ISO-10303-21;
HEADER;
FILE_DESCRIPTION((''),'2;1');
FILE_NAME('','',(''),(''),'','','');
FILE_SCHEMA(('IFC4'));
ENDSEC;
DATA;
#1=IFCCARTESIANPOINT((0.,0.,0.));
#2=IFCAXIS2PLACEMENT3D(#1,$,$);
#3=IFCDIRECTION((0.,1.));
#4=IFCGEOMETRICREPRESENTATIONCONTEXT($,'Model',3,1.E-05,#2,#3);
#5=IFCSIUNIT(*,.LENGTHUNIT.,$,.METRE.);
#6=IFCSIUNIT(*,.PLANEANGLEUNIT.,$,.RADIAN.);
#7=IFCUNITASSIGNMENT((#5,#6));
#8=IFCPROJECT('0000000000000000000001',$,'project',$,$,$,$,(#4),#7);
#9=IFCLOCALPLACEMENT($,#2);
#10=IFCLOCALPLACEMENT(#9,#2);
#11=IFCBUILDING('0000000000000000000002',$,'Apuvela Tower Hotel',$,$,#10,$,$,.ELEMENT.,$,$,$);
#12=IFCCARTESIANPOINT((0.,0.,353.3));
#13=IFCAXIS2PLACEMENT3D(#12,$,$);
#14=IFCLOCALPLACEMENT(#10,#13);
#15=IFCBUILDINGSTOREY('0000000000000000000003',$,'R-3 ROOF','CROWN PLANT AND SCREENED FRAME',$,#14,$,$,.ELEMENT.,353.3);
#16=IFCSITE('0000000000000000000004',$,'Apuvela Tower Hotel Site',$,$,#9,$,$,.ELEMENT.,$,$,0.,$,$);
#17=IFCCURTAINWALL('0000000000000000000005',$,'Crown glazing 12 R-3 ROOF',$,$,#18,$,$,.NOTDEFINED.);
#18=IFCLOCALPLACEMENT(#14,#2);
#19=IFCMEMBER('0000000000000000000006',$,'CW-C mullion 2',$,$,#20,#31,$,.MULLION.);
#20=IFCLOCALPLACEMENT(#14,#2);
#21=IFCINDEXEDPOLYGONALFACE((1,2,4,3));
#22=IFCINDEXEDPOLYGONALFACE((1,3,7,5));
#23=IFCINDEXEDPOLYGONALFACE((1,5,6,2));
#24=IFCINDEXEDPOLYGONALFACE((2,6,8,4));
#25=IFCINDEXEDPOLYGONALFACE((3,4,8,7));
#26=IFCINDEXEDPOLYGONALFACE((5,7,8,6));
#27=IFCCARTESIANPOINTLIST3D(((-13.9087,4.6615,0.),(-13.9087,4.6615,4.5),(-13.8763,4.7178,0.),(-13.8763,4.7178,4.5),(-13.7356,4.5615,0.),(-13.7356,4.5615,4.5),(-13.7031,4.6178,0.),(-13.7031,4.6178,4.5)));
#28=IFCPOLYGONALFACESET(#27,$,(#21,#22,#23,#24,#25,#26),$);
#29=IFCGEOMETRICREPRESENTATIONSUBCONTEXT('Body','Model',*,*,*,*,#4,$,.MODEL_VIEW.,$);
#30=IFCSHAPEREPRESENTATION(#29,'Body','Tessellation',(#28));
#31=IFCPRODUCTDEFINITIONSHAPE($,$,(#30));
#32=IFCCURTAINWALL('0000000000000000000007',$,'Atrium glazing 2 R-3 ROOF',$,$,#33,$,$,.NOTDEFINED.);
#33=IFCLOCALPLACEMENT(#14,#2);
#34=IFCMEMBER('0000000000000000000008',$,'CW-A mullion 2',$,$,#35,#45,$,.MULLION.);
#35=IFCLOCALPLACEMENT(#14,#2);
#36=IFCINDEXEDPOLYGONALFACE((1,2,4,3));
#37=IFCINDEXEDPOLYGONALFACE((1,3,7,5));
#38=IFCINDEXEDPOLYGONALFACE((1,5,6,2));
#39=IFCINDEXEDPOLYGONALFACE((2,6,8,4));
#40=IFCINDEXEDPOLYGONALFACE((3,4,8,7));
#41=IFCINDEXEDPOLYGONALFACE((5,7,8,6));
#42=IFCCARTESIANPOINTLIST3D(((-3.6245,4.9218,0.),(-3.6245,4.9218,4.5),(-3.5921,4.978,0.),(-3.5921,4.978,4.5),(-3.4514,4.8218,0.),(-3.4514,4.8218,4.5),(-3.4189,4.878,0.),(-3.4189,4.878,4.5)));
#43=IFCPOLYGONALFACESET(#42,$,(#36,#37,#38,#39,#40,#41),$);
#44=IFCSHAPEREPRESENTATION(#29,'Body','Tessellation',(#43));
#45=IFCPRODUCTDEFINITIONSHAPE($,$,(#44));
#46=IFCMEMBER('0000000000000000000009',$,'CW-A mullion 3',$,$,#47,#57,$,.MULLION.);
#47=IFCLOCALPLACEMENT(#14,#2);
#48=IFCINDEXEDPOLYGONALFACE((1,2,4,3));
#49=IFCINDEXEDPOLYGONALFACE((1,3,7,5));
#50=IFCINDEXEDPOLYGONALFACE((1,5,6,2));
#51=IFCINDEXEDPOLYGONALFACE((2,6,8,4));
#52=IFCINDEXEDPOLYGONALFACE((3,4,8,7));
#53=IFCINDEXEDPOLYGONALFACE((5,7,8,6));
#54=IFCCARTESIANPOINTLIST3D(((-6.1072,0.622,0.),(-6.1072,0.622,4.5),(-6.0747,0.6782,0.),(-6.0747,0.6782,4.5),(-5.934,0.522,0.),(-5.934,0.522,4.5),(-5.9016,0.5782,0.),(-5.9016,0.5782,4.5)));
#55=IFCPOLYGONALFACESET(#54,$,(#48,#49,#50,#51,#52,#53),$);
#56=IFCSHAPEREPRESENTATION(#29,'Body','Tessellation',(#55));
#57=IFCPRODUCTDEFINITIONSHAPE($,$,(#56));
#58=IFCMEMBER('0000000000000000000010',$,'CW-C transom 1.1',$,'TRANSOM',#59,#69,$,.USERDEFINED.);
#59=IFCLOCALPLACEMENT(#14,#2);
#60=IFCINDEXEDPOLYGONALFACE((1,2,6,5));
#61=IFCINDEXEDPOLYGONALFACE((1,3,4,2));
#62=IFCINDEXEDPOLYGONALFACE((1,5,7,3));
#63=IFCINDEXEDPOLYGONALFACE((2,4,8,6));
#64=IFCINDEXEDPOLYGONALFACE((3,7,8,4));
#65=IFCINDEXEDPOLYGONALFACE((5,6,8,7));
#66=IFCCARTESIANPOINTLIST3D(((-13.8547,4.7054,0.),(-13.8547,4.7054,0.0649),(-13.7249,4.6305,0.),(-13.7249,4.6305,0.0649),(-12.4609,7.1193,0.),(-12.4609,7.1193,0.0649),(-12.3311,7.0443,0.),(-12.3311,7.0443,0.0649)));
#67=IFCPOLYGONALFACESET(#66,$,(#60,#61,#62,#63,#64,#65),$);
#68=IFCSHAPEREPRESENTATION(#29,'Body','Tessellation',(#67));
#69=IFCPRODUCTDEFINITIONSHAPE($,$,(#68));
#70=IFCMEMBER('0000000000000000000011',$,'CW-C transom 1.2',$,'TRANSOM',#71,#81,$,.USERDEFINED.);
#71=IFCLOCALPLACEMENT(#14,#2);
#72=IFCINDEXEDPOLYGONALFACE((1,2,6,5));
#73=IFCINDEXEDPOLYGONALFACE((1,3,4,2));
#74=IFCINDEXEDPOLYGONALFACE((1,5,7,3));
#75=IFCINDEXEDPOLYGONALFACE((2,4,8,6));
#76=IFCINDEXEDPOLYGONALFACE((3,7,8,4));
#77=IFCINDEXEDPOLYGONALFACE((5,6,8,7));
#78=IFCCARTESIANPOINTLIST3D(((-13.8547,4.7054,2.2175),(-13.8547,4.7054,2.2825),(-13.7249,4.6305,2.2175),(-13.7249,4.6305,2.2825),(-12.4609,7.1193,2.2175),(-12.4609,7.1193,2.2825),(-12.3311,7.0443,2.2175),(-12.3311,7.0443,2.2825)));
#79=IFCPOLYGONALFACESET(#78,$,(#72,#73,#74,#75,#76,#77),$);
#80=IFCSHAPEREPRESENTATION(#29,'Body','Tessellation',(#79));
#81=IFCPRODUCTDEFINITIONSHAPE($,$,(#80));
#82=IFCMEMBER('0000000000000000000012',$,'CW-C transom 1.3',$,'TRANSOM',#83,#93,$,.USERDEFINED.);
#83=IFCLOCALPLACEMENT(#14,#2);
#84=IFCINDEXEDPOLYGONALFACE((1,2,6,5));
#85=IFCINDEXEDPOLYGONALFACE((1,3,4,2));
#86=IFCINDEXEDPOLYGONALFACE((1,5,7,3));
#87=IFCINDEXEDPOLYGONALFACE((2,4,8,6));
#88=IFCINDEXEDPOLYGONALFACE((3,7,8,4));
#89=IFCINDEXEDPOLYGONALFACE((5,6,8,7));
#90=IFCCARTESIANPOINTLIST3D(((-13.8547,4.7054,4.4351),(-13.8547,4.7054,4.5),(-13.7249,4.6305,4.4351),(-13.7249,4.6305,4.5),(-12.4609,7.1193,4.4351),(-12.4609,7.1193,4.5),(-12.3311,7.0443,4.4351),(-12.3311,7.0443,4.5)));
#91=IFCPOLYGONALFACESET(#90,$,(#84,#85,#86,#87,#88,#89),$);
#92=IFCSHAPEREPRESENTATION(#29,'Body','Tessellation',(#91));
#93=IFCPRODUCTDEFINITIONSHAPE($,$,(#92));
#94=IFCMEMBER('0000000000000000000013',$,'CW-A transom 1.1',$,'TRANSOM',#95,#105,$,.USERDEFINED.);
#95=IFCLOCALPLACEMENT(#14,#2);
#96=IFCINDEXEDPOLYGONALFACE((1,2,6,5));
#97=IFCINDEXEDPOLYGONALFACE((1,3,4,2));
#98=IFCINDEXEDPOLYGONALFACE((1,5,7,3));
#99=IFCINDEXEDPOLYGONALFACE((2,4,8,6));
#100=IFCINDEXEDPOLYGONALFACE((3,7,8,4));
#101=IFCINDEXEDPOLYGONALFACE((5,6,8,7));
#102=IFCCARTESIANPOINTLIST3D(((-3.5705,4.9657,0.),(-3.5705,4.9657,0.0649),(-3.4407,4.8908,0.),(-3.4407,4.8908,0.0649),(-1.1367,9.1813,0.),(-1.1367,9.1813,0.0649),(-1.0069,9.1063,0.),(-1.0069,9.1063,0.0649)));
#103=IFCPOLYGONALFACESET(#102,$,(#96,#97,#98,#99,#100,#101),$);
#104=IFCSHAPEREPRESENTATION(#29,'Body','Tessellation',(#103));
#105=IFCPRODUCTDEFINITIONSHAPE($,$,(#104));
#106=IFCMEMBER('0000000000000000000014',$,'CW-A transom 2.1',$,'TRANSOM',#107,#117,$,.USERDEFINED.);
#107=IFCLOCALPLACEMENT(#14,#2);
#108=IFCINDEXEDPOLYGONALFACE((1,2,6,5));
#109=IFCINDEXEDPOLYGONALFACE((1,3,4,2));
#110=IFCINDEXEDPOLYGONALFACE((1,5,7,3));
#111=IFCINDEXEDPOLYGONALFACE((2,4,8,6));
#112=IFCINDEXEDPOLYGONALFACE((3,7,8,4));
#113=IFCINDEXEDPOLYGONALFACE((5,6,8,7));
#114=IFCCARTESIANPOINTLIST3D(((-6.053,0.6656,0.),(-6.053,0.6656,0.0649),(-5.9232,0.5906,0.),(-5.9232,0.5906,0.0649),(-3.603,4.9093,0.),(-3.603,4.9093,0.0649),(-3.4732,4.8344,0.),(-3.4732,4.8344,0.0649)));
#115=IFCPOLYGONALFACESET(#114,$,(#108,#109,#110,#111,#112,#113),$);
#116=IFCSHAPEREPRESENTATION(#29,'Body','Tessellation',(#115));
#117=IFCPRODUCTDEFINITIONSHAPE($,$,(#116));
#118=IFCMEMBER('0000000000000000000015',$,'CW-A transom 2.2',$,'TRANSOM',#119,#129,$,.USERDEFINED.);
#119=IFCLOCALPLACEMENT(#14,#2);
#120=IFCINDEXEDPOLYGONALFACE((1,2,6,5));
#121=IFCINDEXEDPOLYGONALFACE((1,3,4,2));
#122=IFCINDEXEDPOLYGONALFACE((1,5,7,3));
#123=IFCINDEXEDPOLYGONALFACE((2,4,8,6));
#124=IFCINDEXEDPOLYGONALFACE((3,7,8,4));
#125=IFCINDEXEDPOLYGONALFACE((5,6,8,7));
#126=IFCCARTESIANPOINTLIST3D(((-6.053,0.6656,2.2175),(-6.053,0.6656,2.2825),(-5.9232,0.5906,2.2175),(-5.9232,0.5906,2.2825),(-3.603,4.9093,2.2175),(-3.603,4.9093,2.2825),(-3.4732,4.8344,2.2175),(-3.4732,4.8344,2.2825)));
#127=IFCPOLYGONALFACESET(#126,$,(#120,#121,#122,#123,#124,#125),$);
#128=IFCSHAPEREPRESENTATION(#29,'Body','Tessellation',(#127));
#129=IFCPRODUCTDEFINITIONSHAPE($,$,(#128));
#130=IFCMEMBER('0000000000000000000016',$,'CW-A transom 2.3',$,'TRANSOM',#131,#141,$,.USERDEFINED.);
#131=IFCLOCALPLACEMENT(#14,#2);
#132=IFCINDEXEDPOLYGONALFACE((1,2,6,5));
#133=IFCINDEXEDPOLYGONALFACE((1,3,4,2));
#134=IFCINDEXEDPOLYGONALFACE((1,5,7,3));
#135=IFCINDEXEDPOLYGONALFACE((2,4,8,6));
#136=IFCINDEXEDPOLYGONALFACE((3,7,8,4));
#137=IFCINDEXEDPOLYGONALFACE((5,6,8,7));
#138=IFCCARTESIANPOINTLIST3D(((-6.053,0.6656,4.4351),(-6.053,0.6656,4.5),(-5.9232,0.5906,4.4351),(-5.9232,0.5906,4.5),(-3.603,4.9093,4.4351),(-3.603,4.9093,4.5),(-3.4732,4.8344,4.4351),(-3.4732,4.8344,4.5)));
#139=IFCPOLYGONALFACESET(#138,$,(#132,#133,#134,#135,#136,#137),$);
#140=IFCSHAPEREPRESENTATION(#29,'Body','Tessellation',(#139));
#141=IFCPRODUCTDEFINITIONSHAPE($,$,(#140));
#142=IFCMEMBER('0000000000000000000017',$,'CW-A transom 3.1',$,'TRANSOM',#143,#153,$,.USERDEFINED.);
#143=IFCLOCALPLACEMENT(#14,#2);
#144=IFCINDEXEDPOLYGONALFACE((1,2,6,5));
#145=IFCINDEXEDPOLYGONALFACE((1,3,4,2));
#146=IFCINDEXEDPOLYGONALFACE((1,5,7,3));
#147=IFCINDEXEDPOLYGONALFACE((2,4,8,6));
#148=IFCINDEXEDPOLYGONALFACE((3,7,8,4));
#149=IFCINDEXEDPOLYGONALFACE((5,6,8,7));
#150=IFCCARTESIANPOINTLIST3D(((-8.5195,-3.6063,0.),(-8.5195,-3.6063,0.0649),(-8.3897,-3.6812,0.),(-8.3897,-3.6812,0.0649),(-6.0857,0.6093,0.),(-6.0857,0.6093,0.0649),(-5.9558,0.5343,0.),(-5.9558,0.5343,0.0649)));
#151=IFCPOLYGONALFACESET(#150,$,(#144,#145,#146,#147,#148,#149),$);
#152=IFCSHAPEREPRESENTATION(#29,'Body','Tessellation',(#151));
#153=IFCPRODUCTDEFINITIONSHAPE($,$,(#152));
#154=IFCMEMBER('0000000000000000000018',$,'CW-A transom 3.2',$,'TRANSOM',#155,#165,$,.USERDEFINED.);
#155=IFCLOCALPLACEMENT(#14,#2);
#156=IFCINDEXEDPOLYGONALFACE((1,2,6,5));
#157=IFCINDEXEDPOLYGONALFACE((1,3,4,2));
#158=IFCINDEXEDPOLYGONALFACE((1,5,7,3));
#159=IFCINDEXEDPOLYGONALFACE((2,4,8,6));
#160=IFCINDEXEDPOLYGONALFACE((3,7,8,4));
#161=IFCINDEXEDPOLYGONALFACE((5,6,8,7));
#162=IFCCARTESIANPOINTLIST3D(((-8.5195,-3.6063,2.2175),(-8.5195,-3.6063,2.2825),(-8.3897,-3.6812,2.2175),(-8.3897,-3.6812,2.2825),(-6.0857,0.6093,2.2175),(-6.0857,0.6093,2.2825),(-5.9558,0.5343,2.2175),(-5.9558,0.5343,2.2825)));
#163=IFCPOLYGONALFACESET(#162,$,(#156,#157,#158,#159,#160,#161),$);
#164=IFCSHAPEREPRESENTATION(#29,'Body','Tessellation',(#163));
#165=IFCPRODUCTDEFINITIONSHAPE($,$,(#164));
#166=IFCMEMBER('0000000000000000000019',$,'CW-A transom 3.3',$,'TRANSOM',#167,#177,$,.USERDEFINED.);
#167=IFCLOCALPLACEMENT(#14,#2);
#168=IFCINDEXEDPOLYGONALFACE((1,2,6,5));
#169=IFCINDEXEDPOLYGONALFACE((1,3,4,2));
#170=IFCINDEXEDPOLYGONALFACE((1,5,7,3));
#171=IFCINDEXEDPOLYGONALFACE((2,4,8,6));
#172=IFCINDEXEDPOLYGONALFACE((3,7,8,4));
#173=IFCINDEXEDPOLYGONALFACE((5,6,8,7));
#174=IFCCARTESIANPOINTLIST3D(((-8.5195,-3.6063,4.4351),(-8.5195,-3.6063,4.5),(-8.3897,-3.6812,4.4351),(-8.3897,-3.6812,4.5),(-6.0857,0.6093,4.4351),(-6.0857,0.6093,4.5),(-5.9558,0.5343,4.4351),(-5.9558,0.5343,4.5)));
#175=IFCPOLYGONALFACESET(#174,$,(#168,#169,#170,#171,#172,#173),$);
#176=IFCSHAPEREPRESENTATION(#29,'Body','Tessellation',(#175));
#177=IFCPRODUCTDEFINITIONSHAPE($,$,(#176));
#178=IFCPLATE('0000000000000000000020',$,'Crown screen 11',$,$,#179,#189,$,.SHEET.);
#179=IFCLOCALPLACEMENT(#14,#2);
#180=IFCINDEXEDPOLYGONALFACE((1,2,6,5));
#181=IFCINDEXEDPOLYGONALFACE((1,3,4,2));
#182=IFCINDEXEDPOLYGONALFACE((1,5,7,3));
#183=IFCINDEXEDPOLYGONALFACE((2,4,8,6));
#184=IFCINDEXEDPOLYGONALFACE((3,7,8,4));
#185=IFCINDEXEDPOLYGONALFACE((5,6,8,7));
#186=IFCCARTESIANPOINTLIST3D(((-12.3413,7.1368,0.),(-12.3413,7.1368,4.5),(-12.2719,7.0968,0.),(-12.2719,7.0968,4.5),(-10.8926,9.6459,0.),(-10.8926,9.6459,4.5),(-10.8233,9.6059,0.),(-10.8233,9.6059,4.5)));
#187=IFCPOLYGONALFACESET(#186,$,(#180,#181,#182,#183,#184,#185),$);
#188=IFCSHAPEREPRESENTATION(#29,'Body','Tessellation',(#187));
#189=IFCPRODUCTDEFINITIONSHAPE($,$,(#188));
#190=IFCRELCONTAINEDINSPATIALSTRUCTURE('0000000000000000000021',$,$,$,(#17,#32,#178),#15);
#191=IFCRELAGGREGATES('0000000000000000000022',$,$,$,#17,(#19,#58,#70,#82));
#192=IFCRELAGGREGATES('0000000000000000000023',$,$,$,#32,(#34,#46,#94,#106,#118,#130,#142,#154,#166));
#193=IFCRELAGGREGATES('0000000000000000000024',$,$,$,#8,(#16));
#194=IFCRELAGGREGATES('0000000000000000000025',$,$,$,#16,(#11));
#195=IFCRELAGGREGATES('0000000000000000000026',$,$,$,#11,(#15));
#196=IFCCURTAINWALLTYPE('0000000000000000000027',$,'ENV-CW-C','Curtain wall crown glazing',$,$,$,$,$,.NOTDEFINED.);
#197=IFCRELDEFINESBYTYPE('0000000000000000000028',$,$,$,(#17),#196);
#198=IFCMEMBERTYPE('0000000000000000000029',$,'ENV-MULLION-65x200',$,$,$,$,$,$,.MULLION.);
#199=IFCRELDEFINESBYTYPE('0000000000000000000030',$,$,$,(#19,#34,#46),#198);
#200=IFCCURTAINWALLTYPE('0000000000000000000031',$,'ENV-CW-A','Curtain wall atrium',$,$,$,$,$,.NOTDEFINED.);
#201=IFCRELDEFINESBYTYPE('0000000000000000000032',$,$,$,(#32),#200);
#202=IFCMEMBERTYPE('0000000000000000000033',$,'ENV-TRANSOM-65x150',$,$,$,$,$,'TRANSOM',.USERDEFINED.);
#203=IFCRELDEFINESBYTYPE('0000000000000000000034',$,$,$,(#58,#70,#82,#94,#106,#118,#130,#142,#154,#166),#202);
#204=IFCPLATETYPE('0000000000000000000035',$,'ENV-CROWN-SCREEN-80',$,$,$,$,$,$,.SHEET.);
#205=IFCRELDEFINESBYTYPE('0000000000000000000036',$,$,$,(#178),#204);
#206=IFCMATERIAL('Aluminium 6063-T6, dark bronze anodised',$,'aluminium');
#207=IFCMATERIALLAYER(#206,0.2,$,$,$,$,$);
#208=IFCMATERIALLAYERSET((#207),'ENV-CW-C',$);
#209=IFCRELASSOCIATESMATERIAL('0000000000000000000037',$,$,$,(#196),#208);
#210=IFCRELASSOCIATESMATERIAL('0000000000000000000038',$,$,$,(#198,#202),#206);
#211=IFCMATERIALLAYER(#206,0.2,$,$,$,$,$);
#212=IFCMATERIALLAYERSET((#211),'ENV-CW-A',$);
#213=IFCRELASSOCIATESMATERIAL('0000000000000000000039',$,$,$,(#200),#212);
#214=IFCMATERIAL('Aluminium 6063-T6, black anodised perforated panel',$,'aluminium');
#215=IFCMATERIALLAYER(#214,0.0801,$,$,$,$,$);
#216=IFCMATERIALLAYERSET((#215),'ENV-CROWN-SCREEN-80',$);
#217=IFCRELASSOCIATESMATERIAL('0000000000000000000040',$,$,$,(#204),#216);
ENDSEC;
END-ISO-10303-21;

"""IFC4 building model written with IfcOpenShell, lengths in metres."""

from ifc_helpers import new_model, si_unit, direction, frame, origin, origin_2d, place, context, subcontext, project, spatial, rectangle, extrude, material, layer, layer_set, material_profile, profile_set, type_object, element, aggregate, save


model = new_model("IFC4")

# Units and contexts
model_context = context("Model", 3, precision=1e-05, world=origin(), true_north=direction((0.0, 1.0)))
body_context = subcontext(model_context, "Body", "Model", "MODEL_VIEW")
ifc_project = project(units=[si_unit("LENGTHUNIT", "METRE"), si_unit("PLANEANGLEUNIT", "RADIAN")], contexts=[model_context])

# Site, building, storey
site_placement = place(None, origin())
site = spatial("IfcSite", under=ifc_project, at=site_placement, Name="Apuvela Tower Hotel Site", CompositionType="ELEMENT", RefElevation=0.0)
building_placement = place(site_placement, origin())
building = spatial("IfcBuilding", under=site, at=building_placement, Name="Apuvela Tower Hotel", CompositionType="ELEMENT")
storey_placement = place(building_placement, frame((0.0, 0.0, 353.3)))
storey = spatial("IfcBuildingStorey", under=building, at=storey_placement, Name="R-3 ROOF", Description="CROWN PLANT AND SCREENED FRAME", CompositionType="ELEMENT", Elevation=353.3)

# Curtain walls, members
ifc_material_1 = material(Name="Aluminium 6063-T6, dark bronze anodised", Category="aluminium")
ifc_layer_1 = layer(ifc_material_1, 0.2)
ifc_layer_set_1 = layer_set([ifc_layer_1], Name="ENV-CW-C")
curtain_wall_type_1 = type_object("IfcCurtainWallType", Name="ENV-CW-C", Description="Curtain wall crown glazing", PredefinedType="NOTDEFINED", material=ifc_layer_set_1)
curtain_wall_1_placement = place(storey_placement, origin())
curtain_wall_1 = element("IfcCurtainWall", 1, at=curtain_wall_1_placement, inside=storey, type_object=curtain_wall_type_1, Name="Crown glazing 12 R-3 ROOF", PredefinedType="NOTDEFINED")
ifc_material_profile_1 = material_profile(ifc_material_1, rectangle(XDim=0.2, YDim=0.0649, at=origin_2d()), Name="AL 65x200")
ifc_profile_set_1 = profile_set([ifc_material_profile_1], Name="Aluminium 6063-T6, dark bronze anodised")
member_type_1 = type_object("IfcMemberType", Name="ENV-MULLION-65x200", PredefinedType="MULLION", material=ifc_profile_set_1)
member_1_placement = place(storey_placement, frame((-13.8059, 4.6396, 0.0), z_axis=(0.0, 0.0, 1.0), x_axis=(0.866037, -0.499981, 0.0)))
member_1 = element("IfcMember", 2, at=member_1_placement, type_object=member_type_1, Name="CW-C mullion 2", PredefinedType="MULLION", context=body_context, shape_type="SweptSolid", body=[
    extrude(rectangle(XDim=0.2, YDim=0.0649, at=origin_2d()), origin(), (0.0, 0.0, 1.0), 4.5),
])
ifc_layer_2 = layer(ifc_material_1, 0.2)
ifc_layer_set_2 = layer_set([ifc_layer_2], Name="ENV-CW-A")
curtain_wall_type_2 = type_object("IfcCurtainWallType", Name="ENV-CW-A", Description="Curtain wall atrium", PredefinedType="NOTDEFINED", material=ifc_layer_set_2)
curtain_wall_2_placement = place(storey_placement, origin())
curtain_wall_2 = element("IfcCurtainWall", 3, at=curtain_wall_2_placement, inside=storey, type_object=curtain_wall_type_2, Name="Atrium glazing 2 R-3 ROOF", PredefinedType="NOTDEFINED")
member_2_placement = place(storey_placement, frame((-3.5217, 4.8999, 0.0), z_axis=(0.0, 0.0, 1.0), x_axis=(0.866026, -0.499999, 0.0)))
member_2 = element("IfcMember", 4, at=member_2_placement, type_object=member_type_1, Name="CW-A mullion 2", PredefinedType="MULLION", context=body_context, shape_type="SweptSolid", body=[
    extrude(rectangle(XDim=0.2, YDim=0.0649, at=origin_2d()), origin(), (0.0, 0.0, 1.0), 4.5),
])
member_3_placement = place(storey_placement, frame((-6.0044, 0.6001, 0.0), z_axis=(0.0, 0.0, 1.0), x_axis=(0.866026, -0.499999, 0.0)))
member_3 = element("IfcMember", 5, at=member_3_placement, type_object=member_type_1, Name="CW-A mullion 3", PredefinedType="MULLION", context=body_context, shape_type="SweptSolid", body=[
    extrude(rectangle(XDim=0.2, YDim=0.0649, at=origin_2d()), origin(), (0.0, 0.0, 1.0), 4.5),
])

# Members
ifc_material_profile_2 = material_profile(ifc_material_1, rectangle(XDim=0.1499, YDim=0.0649, at=origin_2d()), Name="AL 65x150 transom")
ifc_profile_set_2 = profile_set([ifc_material_profile_2], Name="Aluminium 6063-T6, dark bronze anodised")
member_type_2 = type_object("IfcMemberType", Name="ENV-TRANSOM-65x150", ElementType="TRANSOM", PredefinedType="USERDEFINED", material=ifc_profile_set_2)
member_4_placement = place(storey_placement, frame((-12.396, 7.0818, 0.0325), z_axis=(-0.500048, -0.865997, 0.0), x_axis=(0.865997, -0.500048, 0.0)))
member_4 = element("IfcMember", 6, at=member_4_placement, type_object=member_type_2, Name="CW-C transom 1.1", ObjectType="TRANSOM", PredefinedType="USERDEFINED", context=body_context, shape_type="SweptSolid", body=[
    extrude(rectangle(XDim=0.1499, YDim=0.0649, at=origin_2d()), origin(), (0.0, 0.0, 1.0), 2.7874),
])
member_5_placement = place(storey_placement, frame((-12.396, 7.0818, 2.25), z_axis=(-0.500048, -0.865997, 0.0), x_axis=(0.865997, -0.500048, 0.0)))
member_5 = element("IfcMember", 7, at=member_5_placement, type_object=member_type_2, Name="CW-C transom 1.2", ObjectType="TRANSOM", PredefinedType="USERDEFINED", context=body_context, shape_type="SweptSolid", body=[
    extrude(rectangle(XDim=0.1499, YDim=0.0649, at=origin_2d()), origin(), (0.0, 0.0, 1.0), 2.7874),
])
member_6_placement = place(storey_placement, frame((-12.396, 7.0818, 4.4675), z_axis=(-0.500048, -0.865997, 0.0), x_axis=(0.865997, -0.500048, 0.0)))
member_6 = element("IfcMember", 8, at=member_6_placement, type_object=member_type_2, Name="CW-C transom 1.3", ObjectType="TRANSOM", PredefinedType="USERDEFINED", context=body_context, shape_type="SweptSolid", body=[
    extrude(rectangle(XDim=0.1499, YDim=0.0649, at=origin_2d()), origin(), (0.0, 0.0, 1.0), 2.7874),
])
member_7_placement = place(storey_placement, frame((-1.0718, 9.1438, 0.0325), z_axis=(-0.499996, -0.866028, 0.0), x_axis=(0.866028, -0.499996, 0.0)))
member_7 = element("IfcMember", 9, at=member_7_placement, type_object=member_type_2, Name="CW-A transom 1.1", ObjectType="TRANSOM", PredefinedType="USERDEFINED", context=body_context, shape_type="SweptSolid", body=[
    extrude(rectangle(XDim=0.1499, YDim=0.0649, at=origin_2d()), origin(), (0.0, 0.0, 1.0), 4.8677),
])
member_8_placement = place(storey_placement, frame((-3.5381, 4.8718, 0.0325), z_axis=(-0.499981, -0.866036, 0.0), x_axis=(0.866036, -0.499981, 0.0)))
member_8 = element("IfcMember", 10, at=member_8_placement, type_object=member_type_2, Name="CW-A transom 2.1", ObjectType="TRANSOM", PredefinedType="USERDEFINED", context=body_context, shape_type="SweptSolid", body=[
    extrude(rectangle(XDim=0.1499, YDim=0.0649, at=origin_2d()), origin(), (0.0, 0.0, 1.0), 4.9001),
])
member_9_placement = place(storey_placement, frame((-3.5381, 4.8718, 2.25), z_axis=(-0.499981, -0.866036, 0.0), x_axis=(0.866036, -0.499981, 0.0)))
member_9 = element("IfcMember", 11, at=member_9_placement, type_object=member_type_2, Name="CW-A transom 2.2", ObjectType="TRANSOM", PredefinedType="USERDEFINED", context=body_context, shape_type="SweptSolid", body=[
    extrude(rectangle(XDim=0.1499, YDim=0.0649, at=origin_2d()), origin(), (0.0, 0.0, 1.0), 4.9001),
])
member_10_placement = place(storey_placement, frame((-3.5381, 4.8718, 4.4675), z_axis=(-0.499981, -0.866036, 0.0), x_axis=(0.866036, -0.499981, 0.0)))
member_10 = element("IfcMember", 12, at=member_10_placement, type_object=member_type_2, Name="CW-A transom 2.3", ObjectType="TRANSOM", PredefinedType="USERDEFINED", context=body_context, shape_type="SweptSolid", body=[
    extrude(rectangle(XDim=0.1499, YDim=0.0649, at=origin_2d()), origin(), (0.0, 0.0, 1.0), 4.9001),
])
member_11_placement = place(storey_placement, frame((-6.0208, 0.5718, 0.0325), z_axis=(-0.499996, -0.866028, 0.0), x_axis=(0.866028, -0.499996, 0.0)))
member_11 = element("IfcMember", 13, at=member_11_placement, type_object=member_type_2, Name="CW-A transom 3.1", ObjectType="TRANSOM", PredefinedType="USERDEFINED", context=body_context, shape_type="SweptSolid", body=[
    extrude(rectangle(XDim=0.1499, YDim=0.0649, at=origin_2d()), origin(), (0.0, 0.0, 1.0), 4.8677),
])
member_12_placement = place(storey_placement, frame((-6.0208, 0.5718, 2.25), z_axis=(-0.499996, -0.866028, 0.0), x_axis=(0.866028, -0.499996, 0.0)))
member_12 = element("IfcMember", 14, at=member_12_placement, type_object=member_type_2, Name="CW-A transom 3.2", ObjectType="TRANSOM", PredefinedType="USERDEFINED", context=body_context, shape_type="SweptSolid", body=[
    extrude(rectangle(XDim=0.1499, YDim=0.0649, at=origin_2d()), origin(), (0.0, 0.0, 1.0), 4.8677),
])
member_13_placement = place(storey_placement, frame((-6.0208, 0.5718, 4.4675), z_axis=(-0.499996, -0.866028, 0.0), x_axis=(0.866028, -0.499996, 0.0)))
member_13 = element("IfcMember", 15, at=member_13_placement, type_object=member_type_2, Name="CW-A transom 3.3", ObjectType="TRANSOM", PredefinedType="USERDEFINED", context=body_context, shape_type="SweptSolid", body=[
    extrude(rectangle(XDim=0.1499, YDim=0.0649, at=origin_2d()), origin(), (0.0, 0.0, 1.0), 4.8677),
])

# Plate
ifc_material_2 = material(Name="Aluminium 6063-T6, black anodised perforated panel", Category="aluminium")
ifc_layer_3 = layer(ifc_material_2, 0.0801)
ifc_layer_set_3 = layer_set([ifc_layer_3], Name="ENV-CROWN-SCREEN-80")
plate_type_1 = type_object("IfcPlateType", Name="ENV-CROWN-SCREEN-80", PredefinedType="SHEET", material=ifc_layer_set_3)
for number, where, z_axis, x_axis, name in (
    (16, (-11.5823, 8.3713, 0.0), (0.0, 0.0, 1.0), (-0.5, -0.866025, 0.0), "Crown screen 11"),
):
    element("IfcPlate", number, at=place(storey_placement, frame(where, z_axis=z_axis, x_axis=x_axis)), inside=storey, type_object=plate_type_1, Name=name, PredefinedType="SHEET", context=body_context, shape_type="SweptSolid", body=[
        extrude(rectangle(XDim=2.8972, YDim=0.0801, at=origin_2d()), origin(), (0.0, 0.0, 1.0), 4.5),
    ])

aggregate(curtain_wall_1, [member_1, member_4, member_5, member_6])
aggregate(curtain_wall_2, [member_2, member_3, member_7, member_8, member_9, member_10, member_11, member_12, member_13])

save(model, "model.ifc")
